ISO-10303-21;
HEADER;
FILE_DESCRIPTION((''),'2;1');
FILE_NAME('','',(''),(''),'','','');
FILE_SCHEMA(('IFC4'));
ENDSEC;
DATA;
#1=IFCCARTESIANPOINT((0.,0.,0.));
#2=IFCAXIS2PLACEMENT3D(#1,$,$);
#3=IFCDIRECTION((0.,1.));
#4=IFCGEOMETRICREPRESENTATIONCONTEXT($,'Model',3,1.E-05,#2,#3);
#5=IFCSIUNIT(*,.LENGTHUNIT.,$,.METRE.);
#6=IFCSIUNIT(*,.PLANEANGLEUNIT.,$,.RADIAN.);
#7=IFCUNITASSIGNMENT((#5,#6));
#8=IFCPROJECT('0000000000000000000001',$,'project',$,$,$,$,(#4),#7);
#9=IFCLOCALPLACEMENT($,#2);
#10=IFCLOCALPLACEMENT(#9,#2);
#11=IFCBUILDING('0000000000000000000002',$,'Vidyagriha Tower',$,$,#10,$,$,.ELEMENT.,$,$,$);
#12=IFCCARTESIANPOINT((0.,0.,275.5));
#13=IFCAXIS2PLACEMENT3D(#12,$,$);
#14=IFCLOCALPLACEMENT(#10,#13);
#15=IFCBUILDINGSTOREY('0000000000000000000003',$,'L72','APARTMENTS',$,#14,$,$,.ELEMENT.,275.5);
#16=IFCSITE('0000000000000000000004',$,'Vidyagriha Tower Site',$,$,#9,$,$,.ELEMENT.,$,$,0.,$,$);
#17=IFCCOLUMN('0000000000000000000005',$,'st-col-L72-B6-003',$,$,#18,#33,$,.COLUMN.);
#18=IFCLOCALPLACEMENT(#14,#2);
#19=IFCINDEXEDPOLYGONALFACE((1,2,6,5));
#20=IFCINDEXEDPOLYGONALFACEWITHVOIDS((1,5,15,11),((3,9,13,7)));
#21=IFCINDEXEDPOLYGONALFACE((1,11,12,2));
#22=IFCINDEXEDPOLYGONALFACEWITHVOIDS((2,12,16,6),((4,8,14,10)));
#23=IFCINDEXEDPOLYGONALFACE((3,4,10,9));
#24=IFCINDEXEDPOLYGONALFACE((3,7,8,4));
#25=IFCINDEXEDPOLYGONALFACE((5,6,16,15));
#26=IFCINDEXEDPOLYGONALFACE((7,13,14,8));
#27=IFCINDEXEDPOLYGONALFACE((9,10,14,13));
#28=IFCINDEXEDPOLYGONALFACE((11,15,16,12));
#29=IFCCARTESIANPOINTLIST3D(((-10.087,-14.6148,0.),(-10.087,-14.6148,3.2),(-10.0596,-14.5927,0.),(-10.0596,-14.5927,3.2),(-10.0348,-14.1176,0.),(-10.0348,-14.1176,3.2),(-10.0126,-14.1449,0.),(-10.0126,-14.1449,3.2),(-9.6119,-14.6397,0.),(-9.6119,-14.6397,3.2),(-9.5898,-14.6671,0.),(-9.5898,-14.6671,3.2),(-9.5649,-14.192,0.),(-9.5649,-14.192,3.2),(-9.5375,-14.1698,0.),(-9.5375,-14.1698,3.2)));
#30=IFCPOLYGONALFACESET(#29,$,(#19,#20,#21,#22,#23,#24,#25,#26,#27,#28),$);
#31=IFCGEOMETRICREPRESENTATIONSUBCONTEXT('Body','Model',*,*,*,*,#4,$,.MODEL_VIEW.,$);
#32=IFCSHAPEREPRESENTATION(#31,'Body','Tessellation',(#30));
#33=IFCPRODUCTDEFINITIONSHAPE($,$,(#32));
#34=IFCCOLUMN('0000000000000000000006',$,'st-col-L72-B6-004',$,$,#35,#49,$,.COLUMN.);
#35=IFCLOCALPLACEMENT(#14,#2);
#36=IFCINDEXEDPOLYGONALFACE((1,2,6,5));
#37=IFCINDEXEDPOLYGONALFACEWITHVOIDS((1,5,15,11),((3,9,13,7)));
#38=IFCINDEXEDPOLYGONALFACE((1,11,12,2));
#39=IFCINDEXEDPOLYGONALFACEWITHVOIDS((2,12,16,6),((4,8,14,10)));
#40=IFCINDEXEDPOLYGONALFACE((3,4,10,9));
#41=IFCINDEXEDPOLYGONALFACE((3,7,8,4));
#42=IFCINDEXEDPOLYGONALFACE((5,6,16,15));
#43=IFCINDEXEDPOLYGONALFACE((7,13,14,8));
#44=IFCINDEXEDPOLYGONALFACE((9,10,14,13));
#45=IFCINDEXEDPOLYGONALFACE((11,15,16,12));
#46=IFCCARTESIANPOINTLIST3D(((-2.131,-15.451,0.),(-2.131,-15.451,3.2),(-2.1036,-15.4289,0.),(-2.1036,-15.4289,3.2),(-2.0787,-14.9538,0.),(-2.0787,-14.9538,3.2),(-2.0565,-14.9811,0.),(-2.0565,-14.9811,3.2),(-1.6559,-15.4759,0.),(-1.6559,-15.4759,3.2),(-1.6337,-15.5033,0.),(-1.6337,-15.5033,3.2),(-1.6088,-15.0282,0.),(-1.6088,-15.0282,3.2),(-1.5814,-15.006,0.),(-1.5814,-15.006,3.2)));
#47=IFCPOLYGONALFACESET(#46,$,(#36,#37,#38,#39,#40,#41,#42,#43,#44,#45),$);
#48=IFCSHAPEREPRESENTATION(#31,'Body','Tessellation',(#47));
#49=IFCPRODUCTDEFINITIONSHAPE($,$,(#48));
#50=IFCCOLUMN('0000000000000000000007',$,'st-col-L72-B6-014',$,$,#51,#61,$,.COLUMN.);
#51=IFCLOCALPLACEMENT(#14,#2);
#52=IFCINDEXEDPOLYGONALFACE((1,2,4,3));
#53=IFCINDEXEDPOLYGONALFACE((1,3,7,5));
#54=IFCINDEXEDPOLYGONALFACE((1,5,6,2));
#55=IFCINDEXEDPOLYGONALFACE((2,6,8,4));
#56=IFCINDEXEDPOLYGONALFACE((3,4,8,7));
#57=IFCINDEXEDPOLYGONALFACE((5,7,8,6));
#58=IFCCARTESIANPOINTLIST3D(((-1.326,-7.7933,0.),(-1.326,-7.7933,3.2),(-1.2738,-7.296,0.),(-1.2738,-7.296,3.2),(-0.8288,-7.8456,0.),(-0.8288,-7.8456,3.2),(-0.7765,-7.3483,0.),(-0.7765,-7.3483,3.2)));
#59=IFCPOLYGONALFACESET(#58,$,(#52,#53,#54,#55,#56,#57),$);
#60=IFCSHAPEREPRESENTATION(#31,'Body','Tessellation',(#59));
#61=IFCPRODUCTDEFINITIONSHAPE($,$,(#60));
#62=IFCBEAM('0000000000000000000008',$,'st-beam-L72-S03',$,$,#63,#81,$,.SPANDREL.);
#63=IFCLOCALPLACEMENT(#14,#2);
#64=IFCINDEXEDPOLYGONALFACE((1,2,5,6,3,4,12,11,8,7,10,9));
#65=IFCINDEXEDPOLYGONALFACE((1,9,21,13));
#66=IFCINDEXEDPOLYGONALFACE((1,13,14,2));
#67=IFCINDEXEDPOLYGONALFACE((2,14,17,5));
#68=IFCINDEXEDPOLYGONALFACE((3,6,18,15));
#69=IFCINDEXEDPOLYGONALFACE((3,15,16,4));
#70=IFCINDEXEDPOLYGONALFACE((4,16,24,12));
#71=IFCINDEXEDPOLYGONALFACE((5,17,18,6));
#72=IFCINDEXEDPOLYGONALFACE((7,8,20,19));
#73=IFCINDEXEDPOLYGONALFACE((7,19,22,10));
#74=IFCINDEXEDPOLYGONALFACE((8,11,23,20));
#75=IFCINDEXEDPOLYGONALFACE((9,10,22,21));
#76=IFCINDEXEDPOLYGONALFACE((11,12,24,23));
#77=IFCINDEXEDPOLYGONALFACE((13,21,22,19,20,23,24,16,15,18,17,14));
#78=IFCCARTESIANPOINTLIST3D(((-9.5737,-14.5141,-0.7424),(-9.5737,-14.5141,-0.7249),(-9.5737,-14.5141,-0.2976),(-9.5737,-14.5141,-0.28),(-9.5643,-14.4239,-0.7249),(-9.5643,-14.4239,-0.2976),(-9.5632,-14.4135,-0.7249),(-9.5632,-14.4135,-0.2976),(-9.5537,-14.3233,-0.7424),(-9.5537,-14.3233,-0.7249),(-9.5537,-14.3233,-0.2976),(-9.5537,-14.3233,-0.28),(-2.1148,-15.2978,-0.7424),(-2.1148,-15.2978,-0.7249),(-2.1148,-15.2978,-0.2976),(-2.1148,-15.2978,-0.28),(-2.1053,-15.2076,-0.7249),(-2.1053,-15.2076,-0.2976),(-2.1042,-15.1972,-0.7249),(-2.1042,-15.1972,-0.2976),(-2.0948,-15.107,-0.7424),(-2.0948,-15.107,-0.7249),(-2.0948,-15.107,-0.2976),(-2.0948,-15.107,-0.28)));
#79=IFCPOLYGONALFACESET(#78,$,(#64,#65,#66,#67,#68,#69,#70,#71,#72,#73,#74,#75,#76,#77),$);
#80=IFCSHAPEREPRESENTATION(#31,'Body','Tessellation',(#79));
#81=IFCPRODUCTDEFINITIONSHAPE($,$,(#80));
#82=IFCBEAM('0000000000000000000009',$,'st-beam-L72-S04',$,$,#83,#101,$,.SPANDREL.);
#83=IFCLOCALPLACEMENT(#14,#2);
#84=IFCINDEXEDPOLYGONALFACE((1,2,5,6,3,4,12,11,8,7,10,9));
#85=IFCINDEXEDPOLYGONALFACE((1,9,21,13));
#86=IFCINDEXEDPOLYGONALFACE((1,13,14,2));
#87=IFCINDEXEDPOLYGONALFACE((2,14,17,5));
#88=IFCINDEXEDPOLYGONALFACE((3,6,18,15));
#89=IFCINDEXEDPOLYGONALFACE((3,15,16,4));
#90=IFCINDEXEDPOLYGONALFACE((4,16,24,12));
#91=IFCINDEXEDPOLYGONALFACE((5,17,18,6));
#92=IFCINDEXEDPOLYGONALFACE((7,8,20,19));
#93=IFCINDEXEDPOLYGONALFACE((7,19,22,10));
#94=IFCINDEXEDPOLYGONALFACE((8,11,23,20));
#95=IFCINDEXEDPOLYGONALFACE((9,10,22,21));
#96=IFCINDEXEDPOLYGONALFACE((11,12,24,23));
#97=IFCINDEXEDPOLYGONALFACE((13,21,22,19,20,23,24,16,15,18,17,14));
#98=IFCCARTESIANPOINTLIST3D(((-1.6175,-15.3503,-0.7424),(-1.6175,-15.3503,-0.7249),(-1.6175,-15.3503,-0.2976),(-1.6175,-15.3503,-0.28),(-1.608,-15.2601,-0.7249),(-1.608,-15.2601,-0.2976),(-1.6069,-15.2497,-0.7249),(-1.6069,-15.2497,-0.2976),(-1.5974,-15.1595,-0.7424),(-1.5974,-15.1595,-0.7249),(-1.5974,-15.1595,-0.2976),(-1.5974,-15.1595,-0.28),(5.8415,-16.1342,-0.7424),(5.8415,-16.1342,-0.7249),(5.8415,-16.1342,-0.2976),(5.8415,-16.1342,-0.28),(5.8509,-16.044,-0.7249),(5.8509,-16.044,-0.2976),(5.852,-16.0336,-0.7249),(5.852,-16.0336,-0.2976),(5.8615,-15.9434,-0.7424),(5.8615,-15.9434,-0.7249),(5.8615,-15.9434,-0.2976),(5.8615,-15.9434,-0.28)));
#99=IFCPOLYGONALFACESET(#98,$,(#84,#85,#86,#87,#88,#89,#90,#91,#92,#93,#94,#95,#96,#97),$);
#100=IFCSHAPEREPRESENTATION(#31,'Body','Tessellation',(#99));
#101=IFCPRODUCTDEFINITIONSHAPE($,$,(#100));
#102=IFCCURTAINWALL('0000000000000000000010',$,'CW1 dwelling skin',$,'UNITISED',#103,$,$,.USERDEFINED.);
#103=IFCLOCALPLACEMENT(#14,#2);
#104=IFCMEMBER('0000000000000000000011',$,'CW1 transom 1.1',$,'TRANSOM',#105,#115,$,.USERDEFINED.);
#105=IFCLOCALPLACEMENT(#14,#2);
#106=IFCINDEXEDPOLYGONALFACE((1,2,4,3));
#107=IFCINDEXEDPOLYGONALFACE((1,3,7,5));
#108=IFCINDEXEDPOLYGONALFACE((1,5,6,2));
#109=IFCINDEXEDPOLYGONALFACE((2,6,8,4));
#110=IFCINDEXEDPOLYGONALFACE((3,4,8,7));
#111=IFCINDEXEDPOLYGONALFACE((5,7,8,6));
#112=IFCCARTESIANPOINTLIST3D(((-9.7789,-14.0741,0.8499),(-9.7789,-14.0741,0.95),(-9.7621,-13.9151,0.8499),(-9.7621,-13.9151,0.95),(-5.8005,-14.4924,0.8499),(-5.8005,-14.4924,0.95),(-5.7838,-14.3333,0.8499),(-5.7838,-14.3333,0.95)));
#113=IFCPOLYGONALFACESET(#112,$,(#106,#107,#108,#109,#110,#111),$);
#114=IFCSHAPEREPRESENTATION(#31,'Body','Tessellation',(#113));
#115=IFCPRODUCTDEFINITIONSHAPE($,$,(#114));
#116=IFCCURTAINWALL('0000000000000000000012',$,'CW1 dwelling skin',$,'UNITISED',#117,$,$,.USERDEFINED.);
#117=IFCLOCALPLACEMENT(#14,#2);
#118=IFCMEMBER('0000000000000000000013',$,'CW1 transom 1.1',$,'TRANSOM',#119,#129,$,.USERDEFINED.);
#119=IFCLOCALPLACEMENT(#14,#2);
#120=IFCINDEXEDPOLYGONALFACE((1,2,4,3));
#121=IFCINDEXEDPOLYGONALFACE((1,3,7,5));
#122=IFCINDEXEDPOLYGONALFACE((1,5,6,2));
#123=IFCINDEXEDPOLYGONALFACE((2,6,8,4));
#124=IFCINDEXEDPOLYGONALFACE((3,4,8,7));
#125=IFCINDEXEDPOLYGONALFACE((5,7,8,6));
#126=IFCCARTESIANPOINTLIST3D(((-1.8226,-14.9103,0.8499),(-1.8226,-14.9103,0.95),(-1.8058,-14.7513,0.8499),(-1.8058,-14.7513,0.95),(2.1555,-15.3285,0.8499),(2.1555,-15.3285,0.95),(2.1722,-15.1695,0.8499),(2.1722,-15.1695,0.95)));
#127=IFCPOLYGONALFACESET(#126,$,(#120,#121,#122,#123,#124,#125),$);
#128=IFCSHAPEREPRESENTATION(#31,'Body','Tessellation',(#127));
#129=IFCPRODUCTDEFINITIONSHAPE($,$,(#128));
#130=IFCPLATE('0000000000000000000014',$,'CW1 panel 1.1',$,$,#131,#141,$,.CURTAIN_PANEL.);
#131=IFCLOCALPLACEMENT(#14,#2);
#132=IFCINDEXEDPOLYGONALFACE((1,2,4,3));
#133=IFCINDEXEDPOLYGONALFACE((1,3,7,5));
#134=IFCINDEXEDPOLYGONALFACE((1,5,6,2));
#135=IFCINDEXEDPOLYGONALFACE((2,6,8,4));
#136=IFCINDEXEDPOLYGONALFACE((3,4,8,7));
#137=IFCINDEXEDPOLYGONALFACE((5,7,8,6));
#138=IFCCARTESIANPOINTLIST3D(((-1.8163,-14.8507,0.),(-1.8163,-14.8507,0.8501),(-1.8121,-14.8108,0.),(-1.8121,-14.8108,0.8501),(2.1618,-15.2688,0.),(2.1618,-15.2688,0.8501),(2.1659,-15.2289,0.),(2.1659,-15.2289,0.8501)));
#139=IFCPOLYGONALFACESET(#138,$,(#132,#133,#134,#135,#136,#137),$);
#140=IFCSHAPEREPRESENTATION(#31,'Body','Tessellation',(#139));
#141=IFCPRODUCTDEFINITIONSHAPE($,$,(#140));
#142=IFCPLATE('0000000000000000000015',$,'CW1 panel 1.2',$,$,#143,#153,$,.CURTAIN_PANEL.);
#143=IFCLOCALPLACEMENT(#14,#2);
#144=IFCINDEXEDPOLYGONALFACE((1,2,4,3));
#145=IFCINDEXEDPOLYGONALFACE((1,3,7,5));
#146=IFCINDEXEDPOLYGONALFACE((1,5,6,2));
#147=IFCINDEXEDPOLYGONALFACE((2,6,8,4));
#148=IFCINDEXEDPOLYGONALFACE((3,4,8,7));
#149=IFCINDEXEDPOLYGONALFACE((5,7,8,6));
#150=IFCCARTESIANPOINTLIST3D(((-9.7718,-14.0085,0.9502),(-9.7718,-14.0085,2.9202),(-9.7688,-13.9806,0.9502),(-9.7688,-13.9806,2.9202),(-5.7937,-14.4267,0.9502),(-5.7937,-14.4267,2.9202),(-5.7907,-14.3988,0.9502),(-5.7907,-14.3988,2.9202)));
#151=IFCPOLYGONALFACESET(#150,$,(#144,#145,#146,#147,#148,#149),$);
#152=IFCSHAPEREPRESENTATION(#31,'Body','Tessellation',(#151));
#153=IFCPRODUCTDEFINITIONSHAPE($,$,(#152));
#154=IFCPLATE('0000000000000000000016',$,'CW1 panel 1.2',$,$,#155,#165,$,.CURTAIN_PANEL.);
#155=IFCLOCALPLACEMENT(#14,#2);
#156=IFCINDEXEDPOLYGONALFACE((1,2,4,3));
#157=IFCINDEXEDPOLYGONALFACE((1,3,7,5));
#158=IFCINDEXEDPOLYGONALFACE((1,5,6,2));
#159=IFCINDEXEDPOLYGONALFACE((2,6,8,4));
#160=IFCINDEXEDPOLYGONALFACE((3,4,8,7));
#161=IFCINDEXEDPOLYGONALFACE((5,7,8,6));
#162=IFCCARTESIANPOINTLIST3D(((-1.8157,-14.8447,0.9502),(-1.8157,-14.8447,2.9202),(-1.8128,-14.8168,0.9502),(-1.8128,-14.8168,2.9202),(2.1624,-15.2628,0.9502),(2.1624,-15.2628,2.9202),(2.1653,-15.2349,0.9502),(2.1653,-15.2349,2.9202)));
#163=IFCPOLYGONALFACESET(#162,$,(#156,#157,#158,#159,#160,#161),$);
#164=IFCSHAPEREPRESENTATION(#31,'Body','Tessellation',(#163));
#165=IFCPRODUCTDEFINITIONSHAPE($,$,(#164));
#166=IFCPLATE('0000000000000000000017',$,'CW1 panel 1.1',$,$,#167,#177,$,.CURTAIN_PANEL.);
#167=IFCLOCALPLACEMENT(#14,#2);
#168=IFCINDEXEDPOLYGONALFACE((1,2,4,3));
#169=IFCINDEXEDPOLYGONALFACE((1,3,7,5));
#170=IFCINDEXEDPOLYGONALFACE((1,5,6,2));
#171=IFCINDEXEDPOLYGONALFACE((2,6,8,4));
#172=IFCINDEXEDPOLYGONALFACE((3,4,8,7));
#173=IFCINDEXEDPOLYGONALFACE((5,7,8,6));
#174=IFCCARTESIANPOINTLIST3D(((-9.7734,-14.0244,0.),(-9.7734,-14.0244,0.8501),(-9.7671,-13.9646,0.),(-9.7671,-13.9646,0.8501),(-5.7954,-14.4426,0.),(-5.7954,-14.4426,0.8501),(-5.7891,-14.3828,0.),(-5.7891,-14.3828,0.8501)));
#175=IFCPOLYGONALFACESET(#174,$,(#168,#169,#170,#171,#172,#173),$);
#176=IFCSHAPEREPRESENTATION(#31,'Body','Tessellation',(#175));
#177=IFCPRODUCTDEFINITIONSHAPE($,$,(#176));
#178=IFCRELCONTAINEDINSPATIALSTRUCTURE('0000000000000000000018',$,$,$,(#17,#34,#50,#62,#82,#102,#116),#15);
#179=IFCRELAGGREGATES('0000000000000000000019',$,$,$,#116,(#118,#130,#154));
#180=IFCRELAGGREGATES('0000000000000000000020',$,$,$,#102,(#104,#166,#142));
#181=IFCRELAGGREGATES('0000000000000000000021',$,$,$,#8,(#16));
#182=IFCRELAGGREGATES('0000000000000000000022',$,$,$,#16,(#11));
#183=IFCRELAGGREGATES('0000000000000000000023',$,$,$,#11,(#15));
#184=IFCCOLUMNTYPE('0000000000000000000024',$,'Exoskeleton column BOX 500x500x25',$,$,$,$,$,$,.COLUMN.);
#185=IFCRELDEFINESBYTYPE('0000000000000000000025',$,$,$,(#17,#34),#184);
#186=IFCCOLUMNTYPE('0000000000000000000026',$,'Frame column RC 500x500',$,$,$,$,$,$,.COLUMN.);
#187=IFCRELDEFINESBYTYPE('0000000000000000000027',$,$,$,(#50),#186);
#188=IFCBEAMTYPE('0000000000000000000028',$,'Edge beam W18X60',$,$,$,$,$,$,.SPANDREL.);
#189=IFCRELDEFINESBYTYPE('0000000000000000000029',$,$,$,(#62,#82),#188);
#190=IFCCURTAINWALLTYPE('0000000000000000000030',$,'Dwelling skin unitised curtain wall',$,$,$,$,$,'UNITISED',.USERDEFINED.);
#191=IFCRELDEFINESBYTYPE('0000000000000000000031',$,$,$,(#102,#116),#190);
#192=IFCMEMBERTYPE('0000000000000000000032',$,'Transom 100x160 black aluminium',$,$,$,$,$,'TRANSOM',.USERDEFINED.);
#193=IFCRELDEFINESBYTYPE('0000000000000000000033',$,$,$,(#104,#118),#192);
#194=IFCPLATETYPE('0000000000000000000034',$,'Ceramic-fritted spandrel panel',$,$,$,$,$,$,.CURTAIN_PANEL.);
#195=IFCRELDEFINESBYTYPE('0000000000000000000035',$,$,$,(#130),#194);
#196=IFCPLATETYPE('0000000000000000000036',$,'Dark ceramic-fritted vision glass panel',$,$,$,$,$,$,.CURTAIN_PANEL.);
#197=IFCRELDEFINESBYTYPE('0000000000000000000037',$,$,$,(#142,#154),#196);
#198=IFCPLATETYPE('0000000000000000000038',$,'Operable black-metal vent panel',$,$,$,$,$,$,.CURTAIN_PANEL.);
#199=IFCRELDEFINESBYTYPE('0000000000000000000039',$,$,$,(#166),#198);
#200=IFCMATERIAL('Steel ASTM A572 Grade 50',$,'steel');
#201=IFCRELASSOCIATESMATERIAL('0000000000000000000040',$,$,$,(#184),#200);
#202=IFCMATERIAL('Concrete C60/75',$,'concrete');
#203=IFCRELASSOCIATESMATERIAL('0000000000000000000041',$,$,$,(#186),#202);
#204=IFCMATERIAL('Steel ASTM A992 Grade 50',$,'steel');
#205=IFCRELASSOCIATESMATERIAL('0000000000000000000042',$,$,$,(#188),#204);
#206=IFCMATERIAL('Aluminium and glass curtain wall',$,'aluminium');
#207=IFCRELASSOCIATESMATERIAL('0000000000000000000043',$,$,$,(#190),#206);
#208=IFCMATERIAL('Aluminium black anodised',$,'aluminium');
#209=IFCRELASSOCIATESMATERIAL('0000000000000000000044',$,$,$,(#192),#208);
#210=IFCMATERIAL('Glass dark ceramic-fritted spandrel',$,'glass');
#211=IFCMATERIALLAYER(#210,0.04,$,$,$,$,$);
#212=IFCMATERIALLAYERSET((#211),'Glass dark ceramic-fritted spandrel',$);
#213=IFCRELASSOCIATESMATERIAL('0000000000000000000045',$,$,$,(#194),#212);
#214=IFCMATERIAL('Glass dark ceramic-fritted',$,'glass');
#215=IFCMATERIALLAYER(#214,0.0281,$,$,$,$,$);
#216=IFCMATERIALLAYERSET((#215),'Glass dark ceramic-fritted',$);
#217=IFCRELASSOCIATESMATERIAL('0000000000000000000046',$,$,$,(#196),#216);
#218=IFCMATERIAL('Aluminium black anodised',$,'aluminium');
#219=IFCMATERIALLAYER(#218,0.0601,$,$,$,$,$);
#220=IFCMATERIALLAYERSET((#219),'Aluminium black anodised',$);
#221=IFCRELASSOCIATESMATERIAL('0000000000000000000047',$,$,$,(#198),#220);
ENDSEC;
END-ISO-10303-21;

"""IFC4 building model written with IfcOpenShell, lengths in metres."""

from ifc_helpers import new_model, si_unit, direction, frame, origin, origin_2d, place, context, subcontext, project, spatial, rectangle, hollow_rectangle, i_section, extrude, material, layer, layer_set, material_profile, profile_set, type_object, element, aggregate, save


model = new_model("IFC4")

# Units and contexts
model_context = context("Model", 3, precision=1e-05, world=origin(), true_north=direction((0.0, 1.0)))
body_context = subcontext(model_context, "Body", "Model", "MODEL_VIEW")
ifc_project = project(units=[si_unit("LENGTHUNIT", "METRE"), si_unit("PLANEANGLEUNIT", "RADIAN")], contexts=[model_context])

# Site, building, storey
site_placement = place(None, origin())
site = spatial("IfcSite", under=ifc_project, at=site_placement, Name="Vidyagriha Tower Site", CompositionType="ELEMENT", RefElevation=0.0)
building_placement = place(site_placement, origin())
building = spatial("IfcBuilding", under=site, at=building_placement, Name="Vidyagriha Tower", CompositionType="ELEMENT")
storey_placement = place(building_placement, frame((0.0, 0.0, 275.5)))
storey = spatial("IfcBuildingStorey", under=building, at=storey_placement, Name="L72", Description="APARTMENTS", CompositionType="ELEMENT", Elevation=275.5)

# Columns
ifc_material_1 = material(Name="Steel ASTM A572 Grade 50", Category="steel")
ifc_material_profile_1 = material_profile(ifc_material_1, hollow_rectangle(XDim=0.5, YDim=0.5, WallThickness=0.0249, at=origin_2d()), Name="BOX 500x500x25")
ifc_profile_set_1 = profile_set([ifc_material_profile_1], Name="Steel ASTM A572 Grade 50")
column_type_1 = type_object("IfcColumnType", Name="Exoskeleton column BOX 500x500x25", PredefinedType="COLUMN", material=ifc_profile_set_1)
for number, where, z_axis, x_axis, name in (
    (1, (-9.8123, -14.3923, 0.0), (0.0, 0.0, 1.0), (0.994522, -0.104528, 0.0), "st-col-L72-B6-003"),
    (2, (-1.8562, -15.2285, 0.0), (0.0, 0.0, 1.0), (0.994522, -0.104528, 0.0), "st-col-L72-B6-004"),
):
    element("IfcColumn", number, at=place(storey_placement, frame(where, z_axis=z_axis, x_axis=x_axis)), inside=storey, type_object=column_type_1, Name=name, PredefinedType="COLUMN", context=body_context, shape_type="SweptSolid", body=[
        extrude(hollow_rectangle(XDim=0.5, YDim=0.5, WallThickness=0.0249, at=origin_2d()), origin(), (0.0, 0.0, 1.0), 3.2),
    ])
ifc_material_2 = material(Name="Concrete C60/75", Category="concrete")
ifc_material_profile_2 = material_profile(ifc_material_2, rectangle(XDim=0.5, YDim=0.5, at=origin_2d()), Name="RC 500x500")
ifc_profile_set_2 = profile_set([ifc_material_profile_2], Name="Concrete C60/75")
column_type_2 = type_object("IfcColumnType", Name="Frame column RC 500x500", PredefinedType="COLUMN", material=ifc_profile_set_2)
column_placement = place(storey_placement, frame((-1.0513, -7.5708, 0.0), z_axis=(0.0, 0.0, 1.0), x_axis=(0.994522, -0.104528, 0.0)))
element("IfcColumn", 3, at=column_placement, inside=storey, type_object=column_type_2, Name="st-col-L72-B6-014", PredefinedType="COLUMN", context=body_context, shape_type="SweptSolid", body=[
    extrude(rectangle(XDim=0.5, YDim=0.5, at=origin_2d()), origin(), (0.0, 0.0, 1.0), 3.2),
])

# Beams
ifc_material_3 = material(Name="Steel ASTM A992 Grade 50", Category="steel")
ifc_material_profile_3 = material_profile(ifc_material_3, i_section(OverallWidth=0.1919, OverallDepth=0.4624, WebThickness=0.0105, FlangeThickness=0.0176, at=origin_2d()), Name="W18X60")
ifc_profile_set_3 = profile_set([ifc_material_profile_3], Name="Steel ASTM A992 Grade 50")
beam_type = type_object("IfcBeamType", Name="Edge beam W18X60", PredefinedType="SPANDREL", material=ifc_profile_set_3)
for number, where, z_axis, x_axis, name in (
    (4, (-9.5637, -14.4187, -0.5112), (0.994526, -0.104492, 0.0), (0.104492, 0.994526, 0.0), "st-beam-L72-S03"),
    (5, (-1.6074, -15.2549, -0.5112), (0.994522, -0.104524, 0.0), (0.104524, 0.994522, 0.0), "st-beam-L72-S04"),
):
    element("IfcBeam", number, at=place(storey_placement, frame(where, z_axis=z_axis, x_axis=x_axis)), inside=storey, type_object=beam_type, Name=name, PredefinedType="SPANDREL", context=body_context, shape_type="SweptSolid", body=[
        extrude(i_section(OverallWidth=0.1919, OverallDepth=0.4624, WebThickness=0.0105, FlangeThickness=0.0176, at=origin_2d()), origin(), (0.0, 0.0, 1.0), 7.5),
    ])

# Curtain wall, member
ifc_material_4 = material(Name="Aluminium and glass curtain wall", Category="aluminium")
curtain_wall_type = type_object("IfcCurtainWallType", Name="Dwelling skin unitised curtain wall", ElementType="UNITISED", PredefinedType="USERDEFINED", material=ifc_material_4)
curtain_wall_1_placement = place(storey_placement, origin())
curtain_wall_1 = element("IfcCurtainWall", 6, at=curtain_wall_1_placement, inside=storey, type_object=curtain_wall_type, Name="CW1 dwelling skin", ObjectType="UNITISED", PredefinedType="USERDEFINED")
ifc_material_5 = material(Name="Aluminium black anodised", Category="aluminium")
ifc_material_profile_4 = material_profile(ifc_material_5, rectangle(XDim=0.1599, YDim=0.1001, at=origin_2d()), Name="Transom 100x160 black aluminium")
ifc_profile_set_4 = profile_set([ifc_material_profile_4], Name="Aluminium black anodised")
member_type = type_object("IfcMemberType", Name="Transom 100x160 black aluminium", ElementType="TRANSOM", PredefinedType="USERDEFINED", material=ifc_profile_set_4)
member_1_placement = place(storey_placement, frame((-9.7705, -13.9946, 0.8999), z_axis=(0.99452, -0.104548, 0.0), x_axis=(0.104548, 0.99452, 0.0)))
member_1 = element("IfcMember", 7, at=member_1_placement, type_object=member_type, Name="CW1 transom 1.1", ObjectType="TRANSOM", PredefinedType="USERDEFINED", context=body_context, shape_type="SweptSolid", body=[
    extrude(rectangle(XDim=0.1599, YDim=0.1001, at=origin_2d()), origin(), (0.0, 0.0, 1.0), 4.0002),
])

# Curtain wall, member, plate
curtain_wall_2_placement = place(storey_placement, origin())
curtain_wall_2 = element("IfcCurtainWall", 8, at=curtain_wall_2_placement, inside=storey, type_object=curtain_wall_type, Name="CW1 dwelling skin", ObjectType="UNITISED", PredefinedType="USERDEFINED")
member_2_placement = place(storey_placement, frame((-1.8142, -14.8308, 0.8999), z_axis=(0.994519, -0.104555, 0.0), x_axis=(0.104555, 0.994519, 0.0)))
member_2 = element("IfcMember", 9, at=member_2_placement, type_object=member_type, Name="CW1 transom 1.1", ObjectType="TRANSOM", PredefinedType="USERDEFINED", context=body_context, shape_type="SweptSolid", body=[
    extrude(rectangle(XDim=0.1599, YDim=0.1001, at=origin_2d()), origin(), (0.0, 0.0, 1.0), 4.0),
])
ifc_material_6 = material(Name="Glass dark ceramic-fritted spandrel", Category="glass")
ifc_layer_1 = layer(ifc_material_6, 0.04)
ifc_layer_set_1 = layer_set([ifc_layer_1], Name="Glass dark ceramic-fritted spandrel")
plate_type_1 = type_object("IfcPlateType", Name="Ceramic-fritted spandrel panel", PredefinedType="CURTAIN_PANEL", material=ifc_layer_set_1)
plate_1_placement = place(storey_placement, frame((0.1748, -15.0398, 0.0), z_axis=(0.0, 0.0, 1.0), x_axis=(0.994522, -0.104527, 0.0)))
plate_1 = element("IfcPlate", 10, at=plate_1_placement, type_object=plate_type_1, Name="CW1 panel 1.1", PredefinedType="CURTAIN_PANEL", context=body_context, shape_type="SweptSolid", body=[
    extrude(rectangle(XDim=4.0, YDim=0.04, at=origin_2d()), origin(), (0.0, 0.0, 1.0), 0.8501),
])

# Plates
ifc_material_7 = material(Name="Glass dark ceramic-fritted", Category="glass")
ifc_layer_2 = layer(ifc_material_7, 0.0281)
ifc_layer_set_2 = layer_set([ifc_layer_2], Name="Glass dark ceramic-fritted")
plate_type_2 = type_object("IfcPlateType", Name="Dark ceramic-fritted vision glass panel", PredefinedType="CURTAIN_PANEL", material=ifc_layer_set_2)
plate_2_placement = place(storey_placement, frame((-7.7812, -14.2036, 0.9502), z_axis=(0.0, 0.0, 1.0), x_axis=(0.99452, -0.104549, 0.0)))
plate_2 = element("IfcPlate", 11, at=plate_2_placement, type_object=plate_type_2, Name="CW1 panel 1.2", PredefinedType="CURTAIN_PANEL", context=body_context, shape_type="SweptSolid", body=[
    extrude(rectangle(XDim=4.0, YDim=0.0281, at=origin_2d()), origin(), (0.0, 0.0, 1.0), 1.97),
])
plate_3_placement = place(storey_placement, frame((0.1748, -15.0398, 0.9502), z_axis=(0.0, 0.0, 1.0), x_axis=(0.994522, -0.104527, 0.0)))
plate_3 = element("IfcPlate", 12, at=plate_3_placement, type_object=plate_type_2, Name="CW1 panel 1.2", PredefinedType="CURTAIN_PANEL", context=body_context, shape_type="SweptSolid", body=[
    extrude(rectangle(XDim=4.0, YDim=0.0281, at=origin_2d()), origin(), (0.0, 0.0, 1.0), 1.97),
])
aggregate(curtain_wall_2, [member_2, plate_1, plate_3])
ifc_material_8 = material(Name="Aluminium black anodised", Category="aluminium")
ifc_layer_3 = layer(ifc_material_8, 0.0601)
ifc_layer_set_3 = layer_set([ifc_layer_3], Name="Aluminium black anodised")
plate_type_3 = type_object("IfcPlateType", Name="Operable black-metal vent panel", PredefinedType="CURTAIN_PANEL", material=ifc_layer_set_3)
plate_4_placement = place(storey_placement, frame((-7.7812, -14.2036, 0.0), z_axis=(0.0, 0.0, 1.0), x_axis=(0.99452, -0.104549, 0.0)))
plate_4 = element("IfcPlate", 13, at=plate_4_placement, type_object=plate_type_3, Name="CW1 panel 1.1", PredefinedType="CURTAIN_PANEL", context=body_context, shape_type="SweptSolid", body=[
    extrude(rectangle(XDim=4.0, YDim=0.0601, at=origin_2d()), origin(), (0.0, 0.0, 1.0), 0.8501),
])
aggregate(curtain_wall_1, [member_1, plate_4, plate_2])

save(model, "model.ifc")
